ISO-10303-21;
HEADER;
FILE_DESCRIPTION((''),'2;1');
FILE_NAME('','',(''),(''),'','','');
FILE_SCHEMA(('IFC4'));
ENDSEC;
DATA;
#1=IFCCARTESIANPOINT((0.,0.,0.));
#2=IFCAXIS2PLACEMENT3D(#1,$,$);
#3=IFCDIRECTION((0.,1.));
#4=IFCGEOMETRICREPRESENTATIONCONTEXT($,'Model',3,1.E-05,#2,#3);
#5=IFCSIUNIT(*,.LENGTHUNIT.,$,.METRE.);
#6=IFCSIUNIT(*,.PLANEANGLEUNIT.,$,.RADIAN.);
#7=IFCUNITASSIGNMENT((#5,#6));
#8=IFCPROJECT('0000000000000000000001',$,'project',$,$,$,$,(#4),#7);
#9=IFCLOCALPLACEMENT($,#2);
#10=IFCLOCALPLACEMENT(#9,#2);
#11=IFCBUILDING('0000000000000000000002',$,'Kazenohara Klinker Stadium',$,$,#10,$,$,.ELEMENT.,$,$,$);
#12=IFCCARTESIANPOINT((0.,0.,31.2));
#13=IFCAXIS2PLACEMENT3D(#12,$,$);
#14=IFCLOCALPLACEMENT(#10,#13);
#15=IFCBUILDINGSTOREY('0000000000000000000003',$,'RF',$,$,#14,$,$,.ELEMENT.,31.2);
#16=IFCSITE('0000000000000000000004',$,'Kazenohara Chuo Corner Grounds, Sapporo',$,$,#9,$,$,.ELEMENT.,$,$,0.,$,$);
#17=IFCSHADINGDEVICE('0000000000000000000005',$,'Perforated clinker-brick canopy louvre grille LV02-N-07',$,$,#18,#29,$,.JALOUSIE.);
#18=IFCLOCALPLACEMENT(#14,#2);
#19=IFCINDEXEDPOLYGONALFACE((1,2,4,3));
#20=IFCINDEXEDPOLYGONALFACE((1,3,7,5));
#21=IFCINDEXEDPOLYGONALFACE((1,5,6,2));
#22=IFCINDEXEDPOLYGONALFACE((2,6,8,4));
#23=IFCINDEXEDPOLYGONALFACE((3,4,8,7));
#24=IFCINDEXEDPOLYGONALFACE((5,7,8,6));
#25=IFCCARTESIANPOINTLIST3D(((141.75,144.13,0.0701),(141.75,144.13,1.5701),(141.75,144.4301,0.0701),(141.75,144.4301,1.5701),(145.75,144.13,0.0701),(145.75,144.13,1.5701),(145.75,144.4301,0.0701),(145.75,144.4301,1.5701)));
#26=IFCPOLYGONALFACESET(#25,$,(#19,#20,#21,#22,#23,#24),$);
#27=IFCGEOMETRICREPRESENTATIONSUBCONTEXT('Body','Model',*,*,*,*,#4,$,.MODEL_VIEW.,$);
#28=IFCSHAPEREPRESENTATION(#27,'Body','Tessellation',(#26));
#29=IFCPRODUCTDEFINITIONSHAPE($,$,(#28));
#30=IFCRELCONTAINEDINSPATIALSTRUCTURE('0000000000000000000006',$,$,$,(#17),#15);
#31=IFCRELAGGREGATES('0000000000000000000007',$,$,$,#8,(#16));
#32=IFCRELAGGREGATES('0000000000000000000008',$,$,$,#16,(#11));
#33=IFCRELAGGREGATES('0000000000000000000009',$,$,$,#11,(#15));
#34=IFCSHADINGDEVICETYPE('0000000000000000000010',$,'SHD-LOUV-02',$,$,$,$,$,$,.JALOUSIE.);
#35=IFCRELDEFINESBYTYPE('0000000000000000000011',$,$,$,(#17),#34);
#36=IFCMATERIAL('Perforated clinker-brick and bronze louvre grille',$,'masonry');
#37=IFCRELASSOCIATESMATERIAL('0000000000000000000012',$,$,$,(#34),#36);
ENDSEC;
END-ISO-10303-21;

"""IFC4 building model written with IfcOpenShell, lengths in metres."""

from ifc_helpers import new_model, si_unit, direction, frame, origin, origin_2d, place, context, subcontext, project, spatial, rectangle, extrude, material, type_object, element, save


model = new_model("IFC4")

# Units and contexts
model_context = context("Model", 3, precision=1e-05, world=origin(), true_north=direction((0.0, 1.0)))
body_context = subcontext(model_context, "Body", "Model", "MODEL_VIEW")
ifc_project = project(units=[si_unit("LENGTHUNIT", "METRE"), si_unit("PLANEANGLEUNIT", "RADIAN")], contexts=[model_context])

# Site, building, storey
site_placement = place(None, origin())
site = spatial("IfcSite", under=ifc_project, at=site_placement, Name="Kazenohara Chuo Corner Grounds, Sapporo", CompositionType="ELEMENT", RefElevation=0.0)
building_placement = place(site_placement, origin())
building = spatial("IfcBuilding", under=site, at=building_placement, Name="Kazenohara Klinker Stadium", CompositionType="ELEMENT")
storey_placement = place(building_placement, frame((0.0, 0.0, 31.2)))
storey = spatial("IfcBuildingStorey", under=building, at=storey_placement, Name="RF", CompositionType="ELEMENT", Elevation=31.2)

# Shading device
ifc_material_1 = material(Name="Perforated clinker-brick and bronze louvre grille", Category="masonry")
shading_device_type = type_object("IfcShadingDeviceType", Name="SHD-LOUV-02", PredefinedType="JALOUSIE", material=ifc_material_1)
shading_device_placement = place(storey_placement, frame((143.75, 144.28, 0.0701), z_axis=(0.0, 0.0, 1.0), x_axis=(1.0, 0.0, 0.0)))
element("IfcShadingDevice", 1, at=shading_device_placement, inside=storey, type_object=shading_device_type, Name="Perforated clinker-brick canopy louvre grille LV02-N-07", PredefinedType="JALOUSIE", context=body_context, shape_type="SweptSolid", body=[
    extrude(rectangle(XDim=4.0, YDim=0.3, at=origin_2d()), origin(), (0.0, 0.0, 1.0), 1.5),
])

save(model, "model.ifc")
